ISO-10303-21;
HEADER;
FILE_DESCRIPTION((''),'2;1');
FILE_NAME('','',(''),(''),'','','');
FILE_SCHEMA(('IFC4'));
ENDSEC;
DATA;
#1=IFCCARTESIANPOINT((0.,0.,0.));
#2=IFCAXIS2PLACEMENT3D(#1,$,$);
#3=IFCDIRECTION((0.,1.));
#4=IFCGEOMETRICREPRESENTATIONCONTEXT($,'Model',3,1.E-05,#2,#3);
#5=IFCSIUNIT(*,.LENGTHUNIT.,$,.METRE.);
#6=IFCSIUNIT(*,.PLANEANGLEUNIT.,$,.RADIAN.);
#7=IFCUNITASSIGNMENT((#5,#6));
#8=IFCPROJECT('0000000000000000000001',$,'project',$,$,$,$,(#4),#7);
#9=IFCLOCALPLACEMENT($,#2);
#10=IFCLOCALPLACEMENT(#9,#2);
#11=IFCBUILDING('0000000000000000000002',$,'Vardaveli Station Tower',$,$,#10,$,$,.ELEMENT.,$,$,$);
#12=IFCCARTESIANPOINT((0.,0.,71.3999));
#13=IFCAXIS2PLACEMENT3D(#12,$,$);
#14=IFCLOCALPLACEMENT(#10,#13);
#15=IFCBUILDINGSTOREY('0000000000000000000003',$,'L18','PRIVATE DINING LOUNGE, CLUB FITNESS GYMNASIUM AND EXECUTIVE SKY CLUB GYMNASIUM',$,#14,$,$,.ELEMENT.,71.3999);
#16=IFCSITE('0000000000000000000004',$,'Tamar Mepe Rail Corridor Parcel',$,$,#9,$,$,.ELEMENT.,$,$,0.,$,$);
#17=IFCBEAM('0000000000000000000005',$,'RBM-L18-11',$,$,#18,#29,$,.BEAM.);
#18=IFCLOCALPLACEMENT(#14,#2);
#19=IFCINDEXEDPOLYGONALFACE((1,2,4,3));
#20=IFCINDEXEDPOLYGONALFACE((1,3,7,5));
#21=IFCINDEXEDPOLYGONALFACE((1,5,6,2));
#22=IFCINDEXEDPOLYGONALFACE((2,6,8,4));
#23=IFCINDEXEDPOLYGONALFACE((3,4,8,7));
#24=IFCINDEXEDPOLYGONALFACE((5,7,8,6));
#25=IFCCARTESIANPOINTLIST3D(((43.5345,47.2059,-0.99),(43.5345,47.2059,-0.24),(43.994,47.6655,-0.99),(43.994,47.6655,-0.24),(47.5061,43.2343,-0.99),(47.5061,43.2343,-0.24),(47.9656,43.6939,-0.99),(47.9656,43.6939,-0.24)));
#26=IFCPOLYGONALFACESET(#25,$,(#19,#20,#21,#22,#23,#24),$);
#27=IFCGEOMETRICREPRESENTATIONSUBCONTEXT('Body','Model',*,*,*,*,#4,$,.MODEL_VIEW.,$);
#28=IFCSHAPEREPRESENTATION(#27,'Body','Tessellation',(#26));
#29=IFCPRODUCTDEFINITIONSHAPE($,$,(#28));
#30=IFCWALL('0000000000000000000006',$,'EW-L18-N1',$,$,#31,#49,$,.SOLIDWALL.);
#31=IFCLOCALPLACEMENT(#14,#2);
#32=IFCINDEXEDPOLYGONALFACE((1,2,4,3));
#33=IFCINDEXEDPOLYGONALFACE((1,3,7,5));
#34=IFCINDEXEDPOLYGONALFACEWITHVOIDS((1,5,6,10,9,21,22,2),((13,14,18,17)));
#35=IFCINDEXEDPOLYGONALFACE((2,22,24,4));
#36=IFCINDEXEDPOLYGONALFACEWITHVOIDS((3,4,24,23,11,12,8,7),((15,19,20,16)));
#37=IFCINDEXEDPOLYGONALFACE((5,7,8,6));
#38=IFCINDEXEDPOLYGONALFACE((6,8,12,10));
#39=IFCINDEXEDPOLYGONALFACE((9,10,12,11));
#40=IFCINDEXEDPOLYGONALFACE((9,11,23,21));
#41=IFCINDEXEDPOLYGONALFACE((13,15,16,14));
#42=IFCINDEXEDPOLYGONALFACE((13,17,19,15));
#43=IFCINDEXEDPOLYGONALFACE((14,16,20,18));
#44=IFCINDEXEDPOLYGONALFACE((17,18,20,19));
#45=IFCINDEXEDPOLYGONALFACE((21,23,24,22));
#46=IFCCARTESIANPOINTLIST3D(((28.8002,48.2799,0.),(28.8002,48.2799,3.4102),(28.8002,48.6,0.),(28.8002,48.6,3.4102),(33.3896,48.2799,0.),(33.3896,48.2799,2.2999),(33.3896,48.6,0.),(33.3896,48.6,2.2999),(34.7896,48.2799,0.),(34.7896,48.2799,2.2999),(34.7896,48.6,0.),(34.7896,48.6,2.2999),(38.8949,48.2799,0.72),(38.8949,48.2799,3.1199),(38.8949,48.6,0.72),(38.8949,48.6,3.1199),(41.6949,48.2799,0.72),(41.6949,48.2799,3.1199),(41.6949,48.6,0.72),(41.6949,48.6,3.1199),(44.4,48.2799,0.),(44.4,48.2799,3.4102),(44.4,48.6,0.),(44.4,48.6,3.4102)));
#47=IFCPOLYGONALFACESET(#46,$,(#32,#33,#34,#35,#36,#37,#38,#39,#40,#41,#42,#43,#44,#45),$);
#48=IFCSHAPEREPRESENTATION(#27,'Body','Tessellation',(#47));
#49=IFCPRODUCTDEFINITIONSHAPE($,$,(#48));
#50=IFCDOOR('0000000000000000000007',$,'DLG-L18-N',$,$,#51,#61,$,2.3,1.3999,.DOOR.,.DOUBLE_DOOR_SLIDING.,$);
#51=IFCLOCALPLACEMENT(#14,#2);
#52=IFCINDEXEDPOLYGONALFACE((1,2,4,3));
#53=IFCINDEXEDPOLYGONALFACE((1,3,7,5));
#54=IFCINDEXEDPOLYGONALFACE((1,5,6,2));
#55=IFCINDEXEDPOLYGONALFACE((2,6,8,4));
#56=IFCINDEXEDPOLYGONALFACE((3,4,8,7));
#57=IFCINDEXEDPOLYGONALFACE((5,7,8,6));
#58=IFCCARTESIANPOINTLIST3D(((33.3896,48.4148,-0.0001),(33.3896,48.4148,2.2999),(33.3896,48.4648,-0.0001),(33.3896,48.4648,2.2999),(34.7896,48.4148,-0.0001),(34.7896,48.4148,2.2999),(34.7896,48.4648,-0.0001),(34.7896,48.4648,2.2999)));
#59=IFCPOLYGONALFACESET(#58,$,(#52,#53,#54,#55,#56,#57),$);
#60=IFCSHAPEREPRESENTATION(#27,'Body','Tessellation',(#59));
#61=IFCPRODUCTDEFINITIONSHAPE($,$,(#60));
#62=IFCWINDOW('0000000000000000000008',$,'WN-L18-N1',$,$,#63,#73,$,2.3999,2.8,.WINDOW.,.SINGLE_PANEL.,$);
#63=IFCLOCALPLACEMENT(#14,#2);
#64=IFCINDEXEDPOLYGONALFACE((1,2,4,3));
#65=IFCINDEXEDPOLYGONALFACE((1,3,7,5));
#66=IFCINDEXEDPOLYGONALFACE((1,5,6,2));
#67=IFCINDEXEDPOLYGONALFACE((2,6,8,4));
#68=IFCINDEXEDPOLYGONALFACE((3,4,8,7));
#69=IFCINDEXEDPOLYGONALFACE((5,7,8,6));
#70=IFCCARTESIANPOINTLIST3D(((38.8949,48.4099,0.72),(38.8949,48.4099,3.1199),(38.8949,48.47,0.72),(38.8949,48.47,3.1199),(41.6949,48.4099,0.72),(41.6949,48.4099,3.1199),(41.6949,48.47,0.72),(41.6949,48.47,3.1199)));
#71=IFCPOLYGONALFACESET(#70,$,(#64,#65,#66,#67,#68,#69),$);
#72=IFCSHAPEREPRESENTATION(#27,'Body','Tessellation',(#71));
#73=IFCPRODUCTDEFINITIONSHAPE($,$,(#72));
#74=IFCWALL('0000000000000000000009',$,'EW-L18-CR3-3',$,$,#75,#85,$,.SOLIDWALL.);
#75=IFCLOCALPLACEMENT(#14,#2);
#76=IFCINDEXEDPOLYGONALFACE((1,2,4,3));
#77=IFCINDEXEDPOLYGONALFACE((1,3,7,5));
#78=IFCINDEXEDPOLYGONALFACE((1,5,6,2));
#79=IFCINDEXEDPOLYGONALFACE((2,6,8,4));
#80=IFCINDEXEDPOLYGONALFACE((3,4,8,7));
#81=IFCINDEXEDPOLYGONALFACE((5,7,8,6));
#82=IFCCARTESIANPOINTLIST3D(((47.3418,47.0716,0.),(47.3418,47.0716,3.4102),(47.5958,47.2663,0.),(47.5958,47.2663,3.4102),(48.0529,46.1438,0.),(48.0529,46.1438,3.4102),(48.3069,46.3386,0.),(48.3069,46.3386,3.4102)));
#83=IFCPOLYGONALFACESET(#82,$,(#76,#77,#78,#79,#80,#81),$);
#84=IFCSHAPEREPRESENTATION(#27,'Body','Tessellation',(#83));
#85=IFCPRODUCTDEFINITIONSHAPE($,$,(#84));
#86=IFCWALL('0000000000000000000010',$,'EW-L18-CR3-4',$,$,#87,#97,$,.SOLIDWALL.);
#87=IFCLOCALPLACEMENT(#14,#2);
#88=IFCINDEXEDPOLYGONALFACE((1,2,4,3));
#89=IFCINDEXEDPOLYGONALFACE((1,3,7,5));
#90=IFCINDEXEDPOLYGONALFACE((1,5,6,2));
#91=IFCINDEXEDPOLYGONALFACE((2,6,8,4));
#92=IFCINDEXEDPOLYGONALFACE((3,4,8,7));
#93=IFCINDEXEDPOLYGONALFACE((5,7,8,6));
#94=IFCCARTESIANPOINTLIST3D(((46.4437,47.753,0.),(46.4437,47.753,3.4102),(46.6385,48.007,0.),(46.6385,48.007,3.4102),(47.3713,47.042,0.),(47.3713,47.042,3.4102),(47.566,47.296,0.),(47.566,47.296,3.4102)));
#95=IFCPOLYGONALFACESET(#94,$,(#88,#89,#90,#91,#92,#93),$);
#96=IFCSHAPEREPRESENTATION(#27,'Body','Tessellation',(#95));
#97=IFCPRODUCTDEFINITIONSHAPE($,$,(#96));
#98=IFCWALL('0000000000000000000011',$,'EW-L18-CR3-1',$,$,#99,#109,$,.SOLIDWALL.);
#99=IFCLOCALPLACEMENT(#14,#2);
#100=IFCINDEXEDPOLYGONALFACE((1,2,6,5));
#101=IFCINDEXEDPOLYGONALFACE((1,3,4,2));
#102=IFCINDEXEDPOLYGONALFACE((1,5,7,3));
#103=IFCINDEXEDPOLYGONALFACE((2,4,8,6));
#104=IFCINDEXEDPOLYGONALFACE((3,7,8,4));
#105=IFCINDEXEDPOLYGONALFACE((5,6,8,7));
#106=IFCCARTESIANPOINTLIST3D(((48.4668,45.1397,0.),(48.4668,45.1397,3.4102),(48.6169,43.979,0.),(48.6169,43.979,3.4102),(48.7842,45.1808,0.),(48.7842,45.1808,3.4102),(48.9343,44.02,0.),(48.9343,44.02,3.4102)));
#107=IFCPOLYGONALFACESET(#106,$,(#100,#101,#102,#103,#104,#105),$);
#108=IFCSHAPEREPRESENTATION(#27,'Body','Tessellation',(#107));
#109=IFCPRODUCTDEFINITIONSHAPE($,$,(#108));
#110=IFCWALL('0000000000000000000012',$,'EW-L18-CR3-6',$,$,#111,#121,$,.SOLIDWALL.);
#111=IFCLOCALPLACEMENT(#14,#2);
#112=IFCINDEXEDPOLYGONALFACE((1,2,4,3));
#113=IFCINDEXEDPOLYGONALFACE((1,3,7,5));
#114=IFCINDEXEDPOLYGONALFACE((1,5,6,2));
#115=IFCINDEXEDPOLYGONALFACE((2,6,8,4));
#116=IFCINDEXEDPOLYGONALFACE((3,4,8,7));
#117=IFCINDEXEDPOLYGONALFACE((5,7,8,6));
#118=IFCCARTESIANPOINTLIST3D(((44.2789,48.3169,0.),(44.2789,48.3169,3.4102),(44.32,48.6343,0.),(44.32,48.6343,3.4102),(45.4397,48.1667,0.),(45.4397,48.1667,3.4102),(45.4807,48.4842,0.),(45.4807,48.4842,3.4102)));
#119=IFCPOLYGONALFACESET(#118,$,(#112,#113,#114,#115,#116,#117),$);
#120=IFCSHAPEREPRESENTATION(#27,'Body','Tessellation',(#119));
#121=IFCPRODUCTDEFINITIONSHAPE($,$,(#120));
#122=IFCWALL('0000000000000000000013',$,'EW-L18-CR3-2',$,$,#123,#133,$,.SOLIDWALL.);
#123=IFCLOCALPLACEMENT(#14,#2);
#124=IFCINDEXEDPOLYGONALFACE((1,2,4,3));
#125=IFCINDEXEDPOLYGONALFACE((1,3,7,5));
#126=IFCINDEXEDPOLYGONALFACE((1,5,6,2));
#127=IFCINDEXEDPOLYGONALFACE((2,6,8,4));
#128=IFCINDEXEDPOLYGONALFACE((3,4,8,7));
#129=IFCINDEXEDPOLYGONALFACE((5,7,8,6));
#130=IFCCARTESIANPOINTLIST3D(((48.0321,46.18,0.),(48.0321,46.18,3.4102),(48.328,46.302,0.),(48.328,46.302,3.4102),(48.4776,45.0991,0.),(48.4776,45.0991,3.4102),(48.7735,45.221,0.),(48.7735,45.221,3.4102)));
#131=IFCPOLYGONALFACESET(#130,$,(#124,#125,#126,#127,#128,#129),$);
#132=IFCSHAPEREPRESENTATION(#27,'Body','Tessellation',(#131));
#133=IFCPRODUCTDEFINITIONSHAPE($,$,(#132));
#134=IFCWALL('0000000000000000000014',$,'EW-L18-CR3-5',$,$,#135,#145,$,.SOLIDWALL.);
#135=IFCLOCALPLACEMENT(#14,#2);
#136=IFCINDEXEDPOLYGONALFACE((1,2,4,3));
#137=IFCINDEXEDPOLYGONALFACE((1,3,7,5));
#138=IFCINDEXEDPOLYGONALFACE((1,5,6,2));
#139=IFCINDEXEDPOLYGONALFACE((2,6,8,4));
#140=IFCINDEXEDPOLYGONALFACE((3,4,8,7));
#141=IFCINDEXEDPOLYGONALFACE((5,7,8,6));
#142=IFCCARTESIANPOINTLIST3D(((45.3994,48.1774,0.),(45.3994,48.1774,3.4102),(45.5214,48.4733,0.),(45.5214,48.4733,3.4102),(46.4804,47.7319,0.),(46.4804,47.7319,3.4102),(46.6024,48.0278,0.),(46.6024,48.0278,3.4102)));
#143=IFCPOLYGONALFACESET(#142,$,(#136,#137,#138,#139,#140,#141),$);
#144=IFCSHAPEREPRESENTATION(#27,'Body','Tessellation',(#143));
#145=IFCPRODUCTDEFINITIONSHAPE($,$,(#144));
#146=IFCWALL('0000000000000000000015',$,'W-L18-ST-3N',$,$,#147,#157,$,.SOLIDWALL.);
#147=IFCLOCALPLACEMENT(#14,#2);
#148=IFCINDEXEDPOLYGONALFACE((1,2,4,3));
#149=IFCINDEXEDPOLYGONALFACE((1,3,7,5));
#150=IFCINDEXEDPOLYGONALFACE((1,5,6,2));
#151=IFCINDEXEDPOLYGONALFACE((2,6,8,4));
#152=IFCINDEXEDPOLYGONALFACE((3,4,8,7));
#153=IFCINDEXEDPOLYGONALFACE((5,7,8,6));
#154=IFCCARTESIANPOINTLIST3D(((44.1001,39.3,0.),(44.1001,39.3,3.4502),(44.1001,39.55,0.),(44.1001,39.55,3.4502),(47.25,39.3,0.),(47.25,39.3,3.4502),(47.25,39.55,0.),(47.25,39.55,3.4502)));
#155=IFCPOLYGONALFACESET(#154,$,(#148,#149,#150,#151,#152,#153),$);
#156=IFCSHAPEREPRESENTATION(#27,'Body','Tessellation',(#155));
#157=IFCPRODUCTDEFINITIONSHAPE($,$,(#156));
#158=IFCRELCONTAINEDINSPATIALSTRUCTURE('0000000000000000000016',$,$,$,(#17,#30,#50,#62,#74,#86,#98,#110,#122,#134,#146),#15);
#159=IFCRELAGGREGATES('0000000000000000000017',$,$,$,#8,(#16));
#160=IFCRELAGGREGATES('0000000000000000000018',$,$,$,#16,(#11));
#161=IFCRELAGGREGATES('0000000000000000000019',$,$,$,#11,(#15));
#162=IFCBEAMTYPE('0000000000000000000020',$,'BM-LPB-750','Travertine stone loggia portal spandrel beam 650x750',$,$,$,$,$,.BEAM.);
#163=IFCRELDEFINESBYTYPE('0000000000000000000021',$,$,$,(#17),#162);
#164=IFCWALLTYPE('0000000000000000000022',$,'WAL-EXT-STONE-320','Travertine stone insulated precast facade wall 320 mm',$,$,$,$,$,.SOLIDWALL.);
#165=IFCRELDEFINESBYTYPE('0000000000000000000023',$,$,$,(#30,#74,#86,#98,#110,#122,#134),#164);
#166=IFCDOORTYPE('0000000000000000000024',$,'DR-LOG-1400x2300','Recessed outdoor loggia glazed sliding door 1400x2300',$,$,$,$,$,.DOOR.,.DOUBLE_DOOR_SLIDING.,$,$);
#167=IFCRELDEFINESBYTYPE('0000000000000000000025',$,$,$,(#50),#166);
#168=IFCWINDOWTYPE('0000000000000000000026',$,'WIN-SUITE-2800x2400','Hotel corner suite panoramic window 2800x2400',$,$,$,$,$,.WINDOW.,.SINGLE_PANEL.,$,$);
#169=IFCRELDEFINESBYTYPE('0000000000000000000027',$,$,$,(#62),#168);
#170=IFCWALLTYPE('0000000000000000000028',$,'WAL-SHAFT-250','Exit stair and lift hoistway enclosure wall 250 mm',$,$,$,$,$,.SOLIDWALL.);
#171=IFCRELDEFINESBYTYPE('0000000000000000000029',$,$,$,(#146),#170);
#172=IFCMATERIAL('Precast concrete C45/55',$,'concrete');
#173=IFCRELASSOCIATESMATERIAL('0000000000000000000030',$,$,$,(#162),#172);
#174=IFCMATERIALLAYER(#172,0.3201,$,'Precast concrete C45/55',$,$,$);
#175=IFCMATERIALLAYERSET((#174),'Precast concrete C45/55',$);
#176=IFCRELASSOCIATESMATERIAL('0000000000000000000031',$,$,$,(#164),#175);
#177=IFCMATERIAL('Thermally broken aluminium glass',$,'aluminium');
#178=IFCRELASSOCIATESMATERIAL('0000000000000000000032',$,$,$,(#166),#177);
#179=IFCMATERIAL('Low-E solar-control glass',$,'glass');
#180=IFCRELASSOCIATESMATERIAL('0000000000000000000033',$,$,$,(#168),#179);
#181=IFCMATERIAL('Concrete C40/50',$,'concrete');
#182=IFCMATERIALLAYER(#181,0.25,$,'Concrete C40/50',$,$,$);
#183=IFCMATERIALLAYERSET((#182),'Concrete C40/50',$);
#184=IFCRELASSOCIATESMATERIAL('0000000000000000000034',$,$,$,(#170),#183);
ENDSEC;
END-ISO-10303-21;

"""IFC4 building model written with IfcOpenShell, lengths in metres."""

from ifc_helpers import new_model, si_unit, direction, frame, frame_2d, origin, origin_2d, place, context, subcontext, project, spatial, rectangle, extrude, source, transform, mapped, material, layer, layer_set, material_profile, profile_set, type_object, element, fill, save


model = new_model("IFC4")

# Units and contexts
model_context = context("Model", 3, precision=1e-05, world=origin(), true_north=direction((0.0, 1.0)))
body_context = subcontext(model_context, "Body", "Model", "MODEL_VIEW")
ifc_project = project(units=[si_unit("LENGTHUNIT", "METRE"), si_unit("PLANEANGLEUNIT", "RADIAN")], contexts=[model_context])

# Site, building, storey
site_placement = place(None, origin())
site = spatial("IfcSite", under=ifc_project, at=site_placement, Name="Tamar Mepe Rail Corridor Parcel", CompositionType="ELEMENT", RefElevation=0.0)
building_placement = place(site_placement, origin())
building = spatial("IfcBuilding", under=site, at=building_placement, Name="Vardaveli Station Tower", CompositionType="ELEMENT")
storey_placement = place(building_placement, frame((0.0, 0.0, 71.3999)))
storey = spatial("IfcBuildingStorey", under=building, at=storey_placement, Name="L18", Description="PRIVATE DINING LOUNGE, CLUB FITNESS GYMNASIUM AND EXECUTIVE SKY CLUB GYMNASIUM", CompositionType="ELEMENT", Elevation=71.3999)

# Beam
ifc_material_1 = material(Name="Precast concrete C45/55", Category="concrete")
ifc_material_profile_1 = material_profile(ifc_material_1, rectangle(XDim=0.6499, YDim=0.75, at=origin_2d()), Name="LPB 650x750")
ifc_profile_set_1 = profile_set([ifc_material_profile_1], Name="Precast concrete C45/55")
beam_type = type_object("IfcBeamType", Name="BM-LPB-750", Description="Travertine stone loggia portal spandrel beam 650x750", PredefinedType="BEAM", material=ifc_profile_set_1)
shared_shape_1 = source(origin(), body_context, "Body", "SweptSolid", [
    extrude(rectangle(XDim=0.6499, YDim=0.75, at=origin_2d()), origin(), (0.0, 0.0, 1.0), 5.6167),
])
beam_placement = place(storey_placement, frame((47.7358, 43.4641, -0.615), z_axis=(-0.707107, 0.707107, 0.0), x_axis=(-0.707107, -0.707107, 0.0)))
element("IfcBeam", 1, at=beam_placement, inside=storey, type_object=beam_type, Name="RBM-L18-11", PredefinedType="BEAM", context=body_context, shape_type="MappedRepresentation", body=[
    mapped(shared_shape_1, transform((0.0, 0.0, 0.0), scale=1.0)),
])

# Wall, openings, door, window
ifc_layer_1 = layer(ifc_material_1, 0.3201, Name="Precast concrete C45/55")
ifc_layer_set_1 = layer_set([ifc_layer_1], Name="Precast concrete C45/55")
wall_type_1 = type_object("IfcWallType", Name="WAL-EXT-STONE-320", Description="Travertine stone insulated precast facade wall 320 mm", PredefinedType="SOLIDWALL", material=ifc_layer_set_1)
shared_shape_2 = source(origin(), body_context, "Body", "SweptSolid", [
    extrude(rectangle(XDim=15.5999, YDim=0.3201, at=frame_2d((7.7998, 0.0))), origin(), (0.0, 0.0, 1.0), 3.4102),
])
wall_1_placement = place(storey_placement, frame((44.3999, 48.4399, 0.0), z_axis=(0.0, 0.0, 1.0), x_axis=(-1.0, 0.0, 0.0)))
wall_1 = element("IfcWall", 2, at=wall_1_placement, inside=storey, type_object=wall_type_1, Name="EW-L18-N1", PredefinedType="SOLIDWALL", context=body_context, shape_type="MappedRepresentation", body=[
    mapped(shared_shape_2, transform((0.0, 0.0, 0.0), scale=1.0)),
])
shared_shape_3 = source(origin(), body_context, "Body", "SweptSolid", [
    extrude(rectangle(XDim=1.3999, YDim=2.3, at=frame_2d((0.7, 1.1499))), frame((0.0, 0.1699, 0.0), z_axis=(0.0, -1.0, 0.0), x_axis=(1.0, 0.0, 0.0)), (0.0, 0.0, 1.0), 0.3401),
])
opening_1_placement = place(wall_1_placement, frame((9.6104, 0.0, 0.0)))
opening_1 = element("IfcOpeningElement", 3, at=opening_1_placement, cuts=wall_1, PredefinedType="OPENING", context=body_context, shape_type="MappedRepresentation", body=[
    mapped(shared_shape_3, transform((0.0, 0.0, 0.0), scale=1.0)),
])
shared_shape_4 = source(origin(), body_context, "Body", "SweptSolid", [
    extrude(rectangle(XDim=2.8, YDim=2.3999, at=frame_2d((1.3999, 1.2))), frame((0.0, 0.1699, 0.0), z_axis=(0.0, -1.0, 0.0), x_axis=(1.0, 0.0, 0.0)), (0.0, 0.0, 1.0), 0.3401),
])
opening_2_placement = place(wall_1_placement, frame((2.7051, 0.0, 0.72)))
opening_2 = element("IfcOpeningElement", 4, at=opening_2_placement, cuts=wall_1, PredefinedType="OPENING", context=body_context, shape_type="MappedRepresentation", body=[
    mapped(shared_shape_4, transform((0.0, 0.0, 0.0), scale=1.0)),
])
ifc_material_2 = material(Name="Thermally broken aluminium glass", Category="aluminium")
door_type = type_object("IfcDoorType", Name="DR-LOG-1400x2300", Description="Recessed outdoor loggia glazed sliding door 1400x2300", OperationType="DOUBLE_DOOR_SLIDING", PredefinedType="DOOR", material=ifc_material_2)
shared_shape_5 = source(origin(), body_context, "Body", "SweptSolid", [
    extrude(rectangle(XDim=1.3999, YDim=2.3, at=frame_2d((0.7, 1.1499))), frame((0.0, 0.0249, 0.0), z_axis=(0.0, -1.0, 0.0), x_axis=(1.0, 0.0, 0.0)), (0.0, 0.0, 1.0), 0.05),
])
door_placement = place(opening_1_placement, frame((1.3999, 0.0, 0.0), z_axis=(0.0, 0.0, 1.0), x_axis=(-1.0, 0.0, 0.0)))
door = element("IfcDoor", 5, at=door_placement, inside=storey, type_object=door_type, Name="DLG-L18-N", OperationType="DOUBLE_DOOR_SLIDING", OverallHeight=2.3, OverallWidth=1.3999, PredefinedType="DOOR", context=body_context, shape_type="MappedRepresentation", body=[
    mapped(shared_shape_5, transform((0.0, 0.0, 0.0), scale=1.0)),
])
fill(opening_1, door)
ifc_material_3 = material(Name="Low-E solar-control glass", Category="glass")
window_type = type_object("IfcWindowType", Name="WIN-SUITE-2800x2400", Description="Hotel corner suite panoramic window 2800x2400", PartitioningType="SINGLE_PANEL", PredefinedType="WINDOW", material=ifc_material_3)
shared_shape_6 = source(origin(), body_context, "Body", "SweptSolid", [
    extrude(rectangle(XDim=2.8, YDim=2.3999, at=frame_2d((1.3999, 1.2))), frame((0.0, 0.03, 0.0), z_axis=(0.0, -1.0, 0.0), x_axis=(1.0, 0.0, 0.0)), (0.0, 0.0, 1.0), 0.0601),
])
window_placement = place(opening_2_placement, origin())
window = element("IfcWindow", 6, at=window_placement, inside=storey, type_object=window_type, Name="WN-L18-N1", OverallHeight=2.3999, OverallWidth=2.8, PartitioningType="SINGLE_PANEL", PredefinedType="WINDOW", context=body_context, shape_type="MappedRepresentation", body=[
    mapped(shared_shape_6, transform((0.0, 0.0, 0.0), scale=1.0)),
])
fill(opening_2, window)

# Walls
shared_shape_7 = source(origin(), body_context, "Body", "SweptSolid", [
    extrude(rectangle(XDim=1.1689, YDim=0.3201, at=frame_2d((0.5845, 0.0))), origin(), (0.0, 0.0, 1.0), 3.4102),
])
wall_2_placement = place(storey_placement, frame((48.1799, 46.2412, 0.0), z_axis=(0.0, 0.0, 1.0), x_axis=(-0.608388, 0.79364, 0.0)))
element("IfcWall", 7, at=wall_2_placement, inside=storey, type_object=wall_type_1, Name="EW-L18-CR3-3", PredefinedType="SOLIDWALL", context=body_context, shape_type="MappedRepresentation", body=[
    mapped(shared_shape_7, transform((0.0, 0.0, 0.0), scale=1.0)),
])
shared_shape_8 = source(origin(), body_context, "Body", "SweptSolid", [
    extrude(rectangle(XDim=1.1687, YDim=0.3201, at=frame_2d((0.5845, 0.0))), origin(), (0.0, 0.0, 1.0), 3.4102),
])
wall_3_placement = place(storey_placement, frame((47.4688, 47.1689, 0.0), z_axis=(0.0, 0.0, 1.0), x_axis=(-0.793664, 0.608357, 0.0)))
element("IfcWall", 8, at=wall_3_placement, inside=storey, type_object=wall_type_1, Name="EW-L18-CR3-4", PredefinedType="SOLIDWALL", context=body_context, shape_type="MappedRepresentation", body=[
    mapped(shared_shape_8, transform((0.0, 0.0, 0.0), scale=1.0)),
])
shared_shape_9 = source(origin(), body_context, "Body", "SweptSolid", [
    extrude(rectangle(XDim=1.1704, YDim=0.3201, at=frame_2d((0.5852, 0.0))), origin(), (0.0, 0.0, 1.0), 3.4102),
])
for number, where, z_axis, x_axis, name in (
    (9, (48.7756, 43.9995, 0.0), (0.0, 0.0, 1.0), (-0.128296, 0.991736, 0.0), "EW-L18-CR3-1"),
    (10, (45.4602, 48.3254, 0.0), (0.0, 0.0, 1.0), (-0.991736, 0.128296, 0.0), "EW-L18-CR3-6"),
):
    element("IfcWall", number, at=place(storey_placement, frame(where, z_axis=z_axis, x_axis=x_axis)), inside=storey, type_object=wall_type_1, Name=name, PredefinedType="SOLIDWALL", context=body_context, shape_type="MappedRepresentation", body=[
        mapped(shared_shape_9, transform((0.0, 0.0, 0.0), scale=1.0)),
    ])
shared_shape_10 = source(origin(), body_context, "Body", "SweptSolid", [
    extrude(rectangle(XDim=1.1692, YDim=0.3201, at=frame_2d((0.5845, 0.0))), origin(), (0.0, 0.0, 1.0), 3.4102),
])
for number, where, z_axis, x_axis, name in (
    (11, (48.6255, 45.1602, 0.0), (0.0, 0.0, 1.0), (-0.381054, 0.924553, 0.0), "EW-L18-CR3-2"),
    (12, (46.5413, 47.8799, 0.0), (0.0, 0.0, 1.0), (-0.924553, 0.381054, 0.0), "EW-L18-CR3-5"),
):
    element("IfcWall", number, at=place(storey_placement, frame(where, z_axis=z_axis, x_axis=x_axis)), inside=storey, type_object=wall_type_1, Name=name, PredefinedType="SOLIDWALL", context=body_context, shape_type="MappedRepresentation", body=[
        mapped(shared_shape_10, transform((0.0, 0.0, 0.0), scale=1.0)),
    ])
ifc_material_4 = material(Name="Concrete C40/50", Category="concrete")
ifc_layer_2 = layer(ifc_material_4, 0.25, Name="Concrete C40/50")
ifc_layer_set_2 = layer_set([ifc_layer_2], Name="Concrete C40/50")
wall_type_2 = type_object("IfcWallType", Name="WAL-SHAFT-250", Description="Exit stair and lift hoistway enclosure wall 250 mm", PredefinedType="SOLIDWALL", material=ifc_layer_set_2)
shared_shape_11 = source(origin(), body_context, "Body", "SweptSolid", [
    extrude(rectangle(XDim=3.1499, YDim=0.25, at=frame_2d((1.575, 0.0))), origin(), (0.0, 0.0, 1.0), 3.4502),
])
wall_4_placement = place(storey_placement, frame((44.1001, 39.425, 0.0), z_axis=(0.0, 0.0, 1.0), x_axis=(1.0, 0.0, 0.0)))
element("IfcWall", 13, at=wall_4_placement, inside=storey, type_object=wall_type_2, Name="W-L18-ST-3N", PredefinedType="SOLIDWALL", context=body_context, shape_type="MappedRepresentation", body=[
    mapped(shared_shape_11, transform((0.0, 0.0, 0.0), scale=1.0)),
])

save(model, "model.ifc")
